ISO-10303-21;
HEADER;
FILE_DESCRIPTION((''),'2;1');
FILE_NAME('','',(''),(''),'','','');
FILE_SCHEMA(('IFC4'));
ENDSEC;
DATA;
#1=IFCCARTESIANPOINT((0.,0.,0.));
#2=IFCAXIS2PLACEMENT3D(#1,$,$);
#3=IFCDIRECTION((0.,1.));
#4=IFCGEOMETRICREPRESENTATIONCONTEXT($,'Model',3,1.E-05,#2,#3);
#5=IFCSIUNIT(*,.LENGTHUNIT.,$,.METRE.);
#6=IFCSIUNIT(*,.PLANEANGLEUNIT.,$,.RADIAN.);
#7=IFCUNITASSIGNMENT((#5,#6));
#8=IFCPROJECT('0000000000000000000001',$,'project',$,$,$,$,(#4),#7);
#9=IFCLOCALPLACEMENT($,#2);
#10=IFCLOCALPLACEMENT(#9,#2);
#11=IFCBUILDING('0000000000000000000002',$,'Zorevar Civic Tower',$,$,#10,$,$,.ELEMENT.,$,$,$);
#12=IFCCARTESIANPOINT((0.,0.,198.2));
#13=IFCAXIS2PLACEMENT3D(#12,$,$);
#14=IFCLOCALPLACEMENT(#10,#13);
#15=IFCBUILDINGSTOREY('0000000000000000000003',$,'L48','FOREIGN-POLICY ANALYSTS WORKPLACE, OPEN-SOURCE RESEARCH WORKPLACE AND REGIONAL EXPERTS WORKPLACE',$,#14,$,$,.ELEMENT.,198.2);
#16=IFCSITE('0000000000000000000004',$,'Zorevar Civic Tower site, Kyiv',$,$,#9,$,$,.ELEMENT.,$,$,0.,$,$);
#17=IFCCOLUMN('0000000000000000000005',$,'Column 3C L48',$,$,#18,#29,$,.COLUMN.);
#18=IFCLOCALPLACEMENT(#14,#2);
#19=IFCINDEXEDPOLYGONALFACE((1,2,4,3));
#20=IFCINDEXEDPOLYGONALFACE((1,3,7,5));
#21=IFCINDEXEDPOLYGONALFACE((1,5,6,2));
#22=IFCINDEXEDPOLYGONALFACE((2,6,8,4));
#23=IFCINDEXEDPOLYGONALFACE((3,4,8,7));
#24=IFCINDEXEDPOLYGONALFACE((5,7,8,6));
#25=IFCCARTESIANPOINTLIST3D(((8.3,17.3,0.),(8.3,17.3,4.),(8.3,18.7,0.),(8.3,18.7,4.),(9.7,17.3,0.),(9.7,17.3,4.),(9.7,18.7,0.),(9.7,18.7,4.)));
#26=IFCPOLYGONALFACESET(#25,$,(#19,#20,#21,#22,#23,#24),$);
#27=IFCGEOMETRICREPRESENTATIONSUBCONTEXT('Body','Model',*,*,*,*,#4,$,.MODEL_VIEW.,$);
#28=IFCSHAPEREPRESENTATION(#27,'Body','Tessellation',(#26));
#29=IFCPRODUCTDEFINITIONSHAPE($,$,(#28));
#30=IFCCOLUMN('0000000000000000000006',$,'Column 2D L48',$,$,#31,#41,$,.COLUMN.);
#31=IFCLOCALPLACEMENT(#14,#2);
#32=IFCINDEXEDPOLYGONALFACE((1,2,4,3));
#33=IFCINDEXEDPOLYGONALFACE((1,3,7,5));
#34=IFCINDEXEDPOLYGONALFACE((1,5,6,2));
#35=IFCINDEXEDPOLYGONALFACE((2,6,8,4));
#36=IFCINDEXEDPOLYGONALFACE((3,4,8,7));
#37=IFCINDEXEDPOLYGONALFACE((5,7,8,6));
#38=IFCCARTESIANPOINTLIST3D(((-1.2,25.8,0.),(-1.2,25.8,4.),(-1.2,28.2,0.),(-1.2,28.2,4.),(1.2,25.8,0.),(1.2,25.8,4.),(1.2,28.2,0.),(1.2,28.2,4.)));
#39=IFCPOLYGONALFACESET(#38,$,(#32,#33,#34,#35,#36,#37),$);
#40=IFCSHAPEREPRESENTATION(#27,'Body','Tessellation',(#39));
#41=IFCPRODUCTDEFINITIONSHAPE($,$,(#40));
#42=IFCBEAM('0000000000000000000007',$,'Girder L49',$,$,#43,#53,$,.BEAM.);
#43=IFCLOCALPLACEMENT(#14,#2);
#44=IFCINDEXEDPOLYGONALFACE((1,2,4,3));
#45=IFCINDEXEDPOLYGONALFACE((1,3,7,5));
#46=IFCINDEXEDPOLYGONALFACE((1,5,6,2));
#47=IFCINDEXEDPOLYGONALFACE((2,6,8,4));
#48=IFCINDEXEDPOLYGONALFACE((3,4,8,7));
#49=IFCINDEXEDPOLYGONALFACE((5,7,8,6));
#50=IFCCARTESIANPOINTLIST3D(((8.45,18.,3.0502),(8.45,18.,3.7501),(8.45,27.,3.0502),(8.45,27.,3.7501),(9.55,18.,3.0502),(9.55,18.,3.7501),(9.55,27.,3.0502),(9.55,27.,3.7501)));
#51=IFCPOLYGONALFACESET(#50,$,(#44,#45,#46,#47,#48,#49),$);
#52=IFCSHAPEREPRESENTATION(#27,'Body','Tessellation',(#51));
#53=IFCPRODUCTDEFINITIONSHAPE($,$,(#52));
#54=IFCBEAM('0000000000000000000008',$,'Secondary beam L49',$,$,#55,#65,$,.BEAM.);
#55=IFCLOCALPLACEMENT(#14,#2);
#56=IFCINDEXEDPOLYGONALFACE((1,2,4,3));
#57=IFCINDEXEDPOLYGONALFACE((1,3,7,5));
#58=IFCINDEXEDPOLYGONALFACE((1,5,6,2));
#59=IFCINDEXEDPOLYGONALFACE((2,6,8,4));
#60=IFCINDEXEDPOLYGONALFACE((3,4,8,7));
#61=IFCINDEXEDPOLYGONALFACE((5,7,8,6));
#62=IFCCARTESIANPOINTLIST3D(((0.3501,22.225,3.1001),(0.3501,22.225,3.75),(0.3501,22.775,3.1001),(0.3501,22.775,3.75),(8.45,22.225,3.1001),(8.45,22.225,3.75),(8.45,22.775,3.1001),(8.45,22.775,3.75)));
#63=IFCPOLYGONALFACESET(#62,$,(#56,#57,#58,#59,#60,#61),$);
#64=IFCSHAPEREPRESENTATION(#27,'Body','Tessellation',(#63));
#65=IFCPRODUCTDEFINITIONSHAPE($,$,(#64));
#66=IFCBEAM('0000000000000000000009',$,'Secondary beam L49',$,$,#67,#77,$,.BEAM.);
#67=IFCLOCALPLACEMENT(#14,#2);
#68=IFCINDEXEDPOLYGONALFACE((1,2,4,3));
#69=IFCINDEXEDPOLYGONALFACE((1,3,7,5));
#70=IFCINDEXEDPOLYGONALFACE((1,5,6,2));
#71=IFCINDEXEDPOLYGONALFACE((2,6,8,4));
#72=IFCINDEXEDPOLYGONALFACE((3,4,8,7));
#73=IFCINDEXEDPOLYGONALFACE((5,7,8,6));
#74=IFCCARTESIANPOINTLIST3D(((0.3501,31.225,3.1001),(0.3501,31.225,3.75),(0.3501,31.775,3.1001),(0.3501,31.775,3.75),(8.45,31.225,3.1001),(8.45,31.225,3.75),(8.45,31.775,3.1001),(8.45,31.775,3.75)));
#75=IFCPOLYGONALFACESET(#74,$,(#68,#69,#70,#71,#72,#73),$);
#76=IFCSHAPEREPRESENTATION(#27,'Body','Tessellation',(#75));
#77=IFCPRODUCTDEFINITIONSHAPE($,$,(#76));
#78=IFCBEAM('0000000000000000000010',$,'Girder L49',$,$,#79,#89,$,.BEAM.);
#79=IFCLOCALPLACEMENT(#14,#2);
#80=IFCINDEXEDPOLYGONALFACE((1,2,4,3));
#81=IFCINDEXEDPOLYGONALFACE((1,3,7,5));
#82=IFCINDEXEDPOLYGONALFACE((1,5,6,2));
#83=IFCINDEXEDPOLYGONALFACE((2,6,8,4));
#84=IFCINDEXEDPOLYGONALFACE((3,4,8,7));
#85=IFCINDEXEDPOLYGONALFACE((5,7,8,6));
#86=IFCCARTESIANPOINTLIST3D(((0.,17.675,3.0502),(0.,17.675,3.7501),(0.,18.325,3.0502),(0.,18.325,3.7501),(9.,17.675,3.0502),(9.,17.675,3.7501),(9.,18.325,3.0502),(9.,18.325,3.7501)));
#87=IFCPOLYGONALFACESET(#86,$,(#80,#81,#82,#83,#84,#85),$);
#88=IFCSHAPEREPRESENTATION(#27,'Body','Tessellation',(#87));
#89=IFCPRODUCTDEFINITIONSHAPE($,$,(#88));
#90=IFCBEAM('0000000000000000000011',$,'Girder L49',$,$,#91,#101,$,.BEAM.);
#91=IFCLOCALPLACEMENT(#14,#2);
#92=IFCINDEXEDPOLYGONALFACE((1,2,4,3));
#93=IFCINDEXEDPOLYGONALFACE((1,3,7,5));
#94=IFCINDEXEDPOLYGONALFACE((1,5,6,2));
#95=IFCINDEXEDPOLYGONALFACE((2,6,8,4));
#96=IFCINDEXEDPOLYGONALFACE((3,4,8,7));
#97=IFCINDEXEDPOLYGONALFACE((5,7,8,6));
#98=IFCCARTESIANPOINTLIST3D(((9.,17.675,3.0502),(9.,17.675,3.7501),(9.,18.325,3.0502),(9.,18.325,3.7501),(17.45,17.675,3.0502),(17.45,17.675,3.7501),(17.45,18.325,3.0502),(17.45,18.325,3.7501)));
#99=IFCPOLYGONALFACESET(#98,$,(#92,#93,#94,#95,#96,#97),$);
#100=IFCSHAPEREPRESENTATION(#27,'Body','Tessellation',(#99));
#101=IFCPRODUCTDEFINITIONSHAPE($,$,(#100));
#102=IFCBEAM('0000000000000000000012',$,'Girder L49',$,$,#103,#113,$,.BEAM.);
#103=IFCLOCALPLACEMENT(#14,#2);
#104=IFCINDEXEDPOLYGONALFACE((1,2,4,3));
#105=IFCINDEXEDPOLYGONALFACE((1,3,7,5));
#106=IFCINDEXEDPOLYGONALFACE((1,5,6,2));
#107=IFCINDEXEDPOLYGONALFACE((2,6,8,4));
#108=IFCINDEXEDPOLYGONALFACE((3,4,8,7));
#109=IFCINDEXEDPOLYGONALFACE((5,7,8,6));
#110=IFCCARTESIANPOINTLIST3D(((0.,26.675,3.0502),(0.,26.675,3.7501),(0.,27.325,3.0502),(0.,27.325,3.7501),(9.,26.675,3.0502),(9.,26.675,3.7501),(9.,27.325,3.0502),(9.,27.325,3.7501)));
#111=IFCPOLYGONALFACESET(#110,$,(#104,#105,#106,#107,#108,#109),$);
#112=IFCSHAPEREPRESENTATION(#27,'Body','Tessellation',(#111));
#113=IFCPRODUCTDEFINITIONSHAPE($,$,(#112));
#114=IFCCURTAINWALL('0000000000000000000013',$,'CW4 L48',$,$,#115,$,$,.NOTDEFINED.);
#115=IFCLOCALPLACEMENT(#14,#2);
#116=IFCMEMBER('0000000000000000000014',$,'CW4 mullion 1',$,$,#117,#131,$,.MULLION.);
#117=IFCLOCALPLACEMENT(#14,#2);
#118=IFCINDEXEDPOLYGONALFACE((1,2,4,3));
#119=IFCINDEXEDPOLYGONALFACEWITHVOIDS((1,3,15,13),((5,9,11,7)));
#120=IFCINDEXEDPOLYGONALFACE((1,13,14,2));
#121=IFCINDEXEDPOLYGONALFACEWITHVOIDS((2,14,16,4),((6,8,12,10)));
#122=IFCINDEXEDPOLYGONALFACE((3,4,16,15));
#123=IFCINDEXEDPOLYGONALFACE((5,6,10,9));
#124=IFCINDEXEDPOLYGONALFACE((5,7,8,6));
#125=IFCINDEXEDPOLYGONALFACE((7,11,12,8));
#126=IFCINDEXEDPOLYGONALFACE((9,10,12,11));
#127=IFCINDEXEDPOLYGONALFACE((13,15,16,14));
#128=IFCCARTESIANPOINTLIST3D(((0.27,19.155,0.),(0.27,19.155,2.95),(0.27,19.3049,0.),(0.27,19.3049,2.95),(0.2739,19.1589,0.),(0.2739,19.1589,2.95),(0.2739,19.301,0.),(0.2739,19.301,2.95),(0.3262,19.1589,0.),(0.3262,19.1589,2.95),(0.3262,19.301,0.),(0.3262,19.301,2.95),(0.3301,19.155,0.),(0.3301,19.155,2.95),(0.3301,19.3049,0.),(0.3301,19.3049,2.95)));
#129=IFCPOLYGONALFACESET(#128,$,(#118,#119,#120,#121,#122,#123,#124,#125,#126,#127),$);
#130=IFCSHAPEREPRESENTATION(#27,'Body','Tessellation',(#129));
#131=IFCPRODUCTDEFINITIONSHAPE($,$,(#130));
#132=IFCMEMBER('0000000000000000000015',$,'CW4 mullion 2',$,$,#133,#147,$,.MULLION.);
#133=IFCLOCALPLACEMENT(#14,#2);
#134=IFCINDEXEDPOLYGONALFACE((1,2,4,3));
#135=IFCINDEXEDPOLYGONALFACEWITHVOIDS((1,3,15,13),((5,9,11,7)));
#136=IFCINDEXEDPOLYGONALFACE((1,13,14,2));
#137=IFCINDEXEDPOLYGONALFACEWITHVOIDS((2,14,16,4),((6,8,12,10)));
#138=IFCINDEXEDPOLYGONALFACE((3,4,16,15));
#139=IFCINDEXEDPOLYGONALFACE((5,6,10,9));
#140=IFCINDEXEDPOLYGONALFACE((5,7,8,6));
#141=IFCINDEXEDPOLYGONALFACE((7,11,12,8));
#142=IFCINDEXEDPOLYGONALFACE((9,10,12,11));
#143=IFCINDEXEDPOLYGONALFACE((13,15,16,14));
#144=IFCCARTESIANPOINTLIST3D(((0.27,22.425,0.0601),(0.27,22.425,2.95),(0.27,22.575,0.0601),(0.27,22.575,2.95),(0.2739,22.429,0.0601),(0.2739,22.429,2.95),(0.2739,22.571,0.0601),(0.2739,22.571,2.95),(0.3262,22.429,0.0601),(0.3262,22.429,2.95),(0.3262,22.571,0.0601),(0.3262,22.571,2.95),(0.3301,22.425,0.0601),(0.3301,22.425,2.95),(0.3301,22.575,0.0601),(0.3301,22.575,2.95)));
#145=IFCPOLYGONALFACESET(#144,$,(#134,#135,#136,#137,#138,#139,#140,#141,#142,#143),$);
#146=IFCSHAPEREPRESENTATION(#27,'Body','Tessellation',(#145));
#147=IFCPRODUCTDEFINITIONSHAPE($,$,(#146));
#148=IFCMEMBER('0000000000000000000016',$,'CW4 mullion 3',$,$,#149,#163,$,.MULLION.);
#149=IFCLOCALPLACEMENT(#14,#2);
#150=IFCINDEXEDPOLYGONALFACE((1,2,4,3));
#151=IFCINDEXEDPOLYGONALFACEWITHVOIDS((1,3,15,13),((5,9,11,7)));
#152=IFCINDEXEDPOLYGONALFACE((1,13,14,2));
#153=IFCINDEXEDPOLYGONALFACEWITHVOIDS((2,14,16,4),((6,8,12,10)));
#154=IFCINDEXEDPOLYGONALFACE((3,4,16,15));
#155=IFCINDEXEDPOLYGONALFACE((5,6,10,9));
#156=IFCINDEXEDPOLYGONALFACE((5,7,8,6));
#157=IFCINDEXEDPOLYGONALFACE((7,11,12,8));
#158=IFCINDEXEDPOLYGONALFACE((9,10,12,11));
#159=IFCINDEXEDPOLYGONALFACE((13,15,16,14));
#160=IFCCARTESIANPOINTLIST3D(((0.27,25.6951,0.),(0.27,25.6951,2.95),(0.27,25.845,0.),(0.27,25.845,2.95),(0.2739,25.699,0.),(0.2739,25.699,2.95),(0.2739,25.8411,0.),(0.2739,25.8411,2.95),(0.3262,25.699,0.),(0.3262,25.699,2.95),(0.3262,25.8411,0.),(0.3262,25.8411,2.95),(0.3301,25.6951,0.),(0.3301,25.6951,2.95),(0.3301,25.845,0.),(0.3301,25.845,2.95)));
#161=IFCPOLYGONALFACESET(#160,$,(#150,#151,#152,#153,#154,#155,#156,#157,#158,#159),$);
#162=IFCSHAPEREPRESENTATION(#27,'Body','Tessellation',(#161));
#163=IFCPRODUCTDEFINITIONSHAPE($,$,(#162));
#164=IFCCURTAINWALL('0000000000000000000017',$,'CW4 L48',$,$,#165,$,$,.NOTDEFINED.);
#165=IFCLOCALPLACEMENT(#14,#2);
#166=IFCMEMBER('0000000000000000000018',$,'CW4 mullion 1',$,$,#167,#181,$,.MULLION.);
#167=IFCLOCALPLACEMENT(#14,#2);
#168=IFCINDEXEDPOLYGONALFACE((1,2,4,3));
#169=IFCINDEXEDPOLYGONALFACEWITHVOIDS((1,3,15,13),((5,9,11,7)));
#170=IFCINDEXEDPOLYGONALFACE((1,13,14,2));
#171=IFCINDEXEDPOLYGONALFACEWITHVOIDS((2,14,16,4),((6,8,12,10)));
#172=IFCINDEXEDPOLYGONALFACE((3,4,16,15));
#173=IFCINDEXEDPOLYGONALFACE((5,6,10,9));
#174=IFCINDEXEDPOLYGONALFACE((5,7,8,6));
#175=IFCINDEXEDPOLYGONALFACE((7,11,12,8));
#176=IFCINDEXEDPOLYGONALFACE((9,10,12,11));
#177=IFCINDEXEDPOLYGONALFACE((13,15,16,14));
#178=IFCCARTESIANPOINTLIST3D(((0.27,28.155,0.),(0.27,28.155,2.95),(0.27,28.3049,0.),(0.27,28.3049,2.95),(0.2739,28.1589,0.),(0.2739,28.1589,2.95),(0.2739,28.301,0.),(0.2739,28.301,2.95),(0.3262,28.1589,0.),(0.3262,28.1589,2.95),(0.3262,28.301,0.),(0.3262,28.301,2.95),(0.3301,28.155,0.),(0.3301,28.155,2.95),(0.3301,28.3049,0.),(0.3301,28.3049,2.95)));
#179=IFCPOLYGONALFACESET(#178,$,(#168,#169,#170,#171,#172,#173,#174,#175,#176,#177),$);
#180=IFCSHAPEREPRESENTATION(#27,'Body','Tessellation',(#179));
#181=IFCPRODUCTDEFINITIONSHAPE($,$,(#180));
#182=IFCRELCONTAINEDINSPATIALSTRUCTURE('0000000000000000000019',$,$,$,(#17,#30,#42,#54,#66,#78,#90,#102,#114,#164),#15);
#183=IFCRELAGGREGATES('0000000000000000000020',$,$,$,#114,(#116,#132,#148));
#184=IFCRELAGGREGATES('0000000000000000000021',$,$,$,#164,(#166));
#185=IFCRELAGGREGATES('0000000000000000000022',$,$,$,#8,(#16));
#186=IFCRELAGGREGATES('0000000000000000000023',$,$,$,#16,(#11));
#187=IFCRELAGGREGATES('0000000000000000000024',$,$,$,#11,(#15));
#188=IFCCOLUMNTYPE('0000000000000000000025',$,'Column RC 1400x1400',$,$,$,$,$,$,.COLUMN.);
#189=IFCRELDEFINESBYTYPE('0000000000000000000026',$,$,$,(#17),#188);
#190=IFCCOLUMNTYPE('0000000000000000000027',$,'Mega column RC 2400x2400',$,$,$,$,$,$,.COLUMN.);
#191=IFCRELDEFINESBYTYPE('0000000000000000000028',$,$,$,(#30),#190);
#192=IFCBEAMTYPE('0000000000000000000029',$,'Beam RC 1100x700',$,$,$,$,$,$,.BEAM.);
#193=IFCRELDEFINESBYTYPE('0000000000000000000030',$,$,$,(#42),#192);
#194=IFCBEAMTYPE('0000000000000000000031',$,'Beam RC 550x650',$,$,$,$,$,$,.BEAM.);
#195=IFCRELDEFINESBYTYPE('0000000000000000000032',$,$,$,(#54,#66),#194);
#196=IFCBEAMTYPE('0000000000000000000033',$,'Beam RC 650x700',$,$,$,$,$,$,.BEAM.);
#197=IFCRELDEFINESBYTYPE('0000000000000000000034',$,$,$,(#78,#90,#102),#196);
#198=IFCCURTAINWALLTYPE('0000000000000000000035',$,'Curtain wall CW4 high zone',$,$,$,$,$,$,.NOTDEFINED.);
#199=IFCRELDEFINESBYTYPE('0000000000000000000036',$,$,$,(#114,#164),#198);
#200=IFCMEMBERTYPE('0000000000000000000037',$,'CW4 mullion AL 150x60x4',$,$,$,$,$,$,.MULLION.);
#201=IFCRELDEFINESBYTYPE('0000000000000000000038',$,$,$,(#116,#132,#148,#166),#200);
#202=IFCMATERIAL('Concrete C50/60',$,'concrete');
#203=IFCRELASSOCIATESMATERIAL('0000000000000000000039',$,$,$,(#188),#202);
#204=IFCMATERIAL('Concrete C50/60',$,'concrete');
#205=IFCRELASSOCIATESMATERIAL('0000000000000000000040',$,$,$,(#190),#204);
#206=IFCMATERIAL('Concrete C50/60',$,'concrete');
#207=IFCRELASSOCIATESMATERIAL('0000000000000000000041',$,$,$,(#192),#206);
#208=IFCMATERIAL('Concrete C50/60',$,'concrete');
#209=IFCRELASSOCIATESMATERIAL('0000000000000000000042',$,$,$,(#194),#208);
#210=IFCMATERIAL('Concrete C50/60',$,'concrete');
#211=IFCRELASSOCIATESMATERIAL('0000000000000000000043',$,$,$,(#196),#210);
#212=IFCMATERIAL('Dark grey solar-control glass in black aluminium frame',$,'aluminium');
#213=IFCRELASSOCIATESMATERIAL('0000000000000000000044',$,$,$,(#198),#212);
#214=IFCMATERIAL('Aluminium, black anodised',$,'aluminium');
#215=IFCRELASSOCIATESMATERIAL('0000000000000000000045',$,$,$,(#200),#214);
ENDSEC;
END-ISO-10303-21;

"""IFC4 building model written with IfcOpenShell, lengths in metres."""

from ifc_helpers import new_model, si_unit, direction, frame, origin, origin_2d, place, context, subcontext, project, spatial, rectangle, hollow_rectangle, extrude, material, material_profile, profile_set, type_object, element, aggregate, save


model = new_model("IFC4")

# Units and contexts
model_context = context("Model", 3, precision=1e-05, world=origin(), true_north=direction((0.0, 1.0)))
body_context = subcontext(model_context, "Body", "Model", "MODEL_VIEW")
ifc_project = project(units=[si_unit("LENGTHUNIT", "METRE"), si_unit("PLANEANGLEUNIT", "RADIAN")], contexts=[model_context])

# Site, building, storey
site_placement = place(None, origin())
site = spatial("IfcSite", under=ifc_project, at=site_placement, Name="Zorevar Civic Tower site, Kyiv", CompositionType="ELEMENT", RefElevation=0.0)
building_placement = place(site_placement, origin())
building = spatial("IfcBuilding", under=site, at=building_placement, Name="Zorevar Civic Tower", CompositionType="ELEMENT")
storey_placement = place(building_placement, frame((0.0, 0.0, 198.2)))
storey = spatial("IfcBuildingStorey", under=building, at=storey_placement, Name="L48", Description="FOREIGN-POLICY ANALYSTS WORKPLACE, OPEN-SOURCE RESEARCH WORKPLACE AND REGIONAL EXPERTS WORKPLACE", CompositionType="ELEMENT", Elevation=198.2)

# Columns
ifc_material_1 = material(Name="Concrete C50/60", Category="concrete")
ifc_material_profile_1 = material_profile(ifc_material_1, rectangle(XDim=1.3999, YDim=1.3999, at=origin_2d()), Name="RC 1400x1400")
ifc_profile_set_1 = profile_set([ifc_material_profile_1], Name="Concrete C50/60")
column_type_1 = type_object("IfcColumnType", Name="Column RC 1400x1400", PredefinedType="COLUMN", material=ifc_profile_set_1)
column_1_placement = place(storey_placement, frame((9.0, 18.0, 0.0), z_axis=(0.0, 0.0, 1.0), x_axis=(1.0, 0.0, 0.0)))
element("IfcColumn", 1, at=column_1_placement, inside=storey, type_object=column_type_1, Name="Column 3C L48", PredefinedType="COLUMN", context=body_context, shape_type="SweptSolid", body=[
    extrude(rectangle(XDim=1.3999, YDim=1.3999, at=origin_2d()), origin(), (0.0, 0.0, 1.0), 4.0),
])
ifc_material_2 = material(Name="Concrete C50/60", Category="concrete")
ifc_material_profile_2 = material_profile(ifc_material_2, rectangle(XDim=2.3999, YDim=2.3999, at=origin_2d()), Name="RC 2400x2400")
ifc_profile_set_2 = profile_set([ifc_material_profile_2], Name="Concrete C50/60")
column_type_2 = type_object("IfcColumnType", Name="Mega column RC 2400x2400", PredefinedType="COLUMN", material=ifc_profile_set_2)
column_2_placement = place(storey_placement, frame((0.0, 27.0, 0.0), z_axis=(0.0, 0.0, 1.0), x_axis=(1.0, 0.0, 0.0)))
element("IfcColumn", 2, at=column_2_placement, inside=storey, type_object=column_type_2, Name="Column 2D L48", PredefinedType="COLUMN", context=body_context, shape_type="SweptSolid", body=[
    extrude(rectangle(XDim=2.3999, YDim=2.3999, at=origin_2d()), origin(), (0.0, 0.0, 1.0), 4.0),
])

# Beams
ifc_material_3 = material(Name="Concrete C50/60", Category="concrete")
ifc_material_profile_3 = material_profile(ifc_material_3, rectangle(XDim=1.1001, YDim=0.7, at=origin_2d()), Name="RC 1100x700")
ifc_profile_set_3 = profile_set([ifc_material_profile_3], Name="Concrete C50/60")
beam_type_1 = type_object("IfcBeamType", Name="Beam RC 1100x700", PredefinedType="BEAM", material=ifc_profile_set_3)
beam_1_placement = place(storey_placement, frame((9.0, 18.0, 3.4001), z_axis=(0.0, 1.0, 0.0), x_axis=(-1.0, 0.0, 0.0)))
element("IfcBeam", 3, at=beam_1_placement, inside=storey, type_object=beam_type_1, Name="Girder L49", PredefinedType="BEAM", context=body_context, shape_type="SweptSolid", body=[
    extrude(rectangle(XDim=1.1001, YDim=0.7, at=origin_2d()), origin(), (0.0, 0.0, 1.0), 9.0),
])
ifc_material_4 = material(Name="Concrete C50/60", Category="concrete")
ifc_material_profile_4 = material_profile(ifc_material_4, rectangle(XDim=0.55, YDim=0.6499, at=origin_2d()), Name="RC 550x650")
ifc_profile_set_4 = profile_set([ifc_material_profile_4], Name="Concrete C50/60")
beam_type_2 = type_object("IfcBeamType", Name="Beam RC 550x650", PredefinedType="BEAM", material=ifc_profile_set_4)
for number, where, z_axis, x_axis, name in (
    (4, (0.3501, 22.5, 3.425), (1.0, 0.0, 0.0), (0.0, 1.0, 0.0), "Secondary beam L49"),
    (5, (0.3501, 31.5, 3.425), (1.0, 0.0, 0.0), (0.0, 1.0, 0.0), "Secondary beam L49"),
):
    element("IfcBeam", number, at=place(storey_placement, frame(where, z_axis=z_axis, x_axis=x_axis)), inside=storey, type_object=beam_type_2, Name=name, PredefinedType="BEAM", context=body_context, shape_type="SweptSolid", body=[
        extrude(rectangle(XDim=0.55, YDim=0.6499, at=origin_2d()), origin(), (0.0, 0.0, 1.0), 8.0999),
    ])
ifc_material_5 = material(Name="Concrete C50/60", Category="concrete")
ifc_material_profile_5 = material_profile(ifc_material_5, rectangle(XDim=0.6499, YDim=0.7, at=origin_2d()), Name="RC 650x700")
ifc_profile_set_5 = profile_set([ifc_material_profile_5], Name="Concrete C50/60")
beam_type_3 = type_object("IfcBeamType", Name="Beam RC 650x700", PredefinedType="BEAM", material=ifc_profile_set_5)
beam_2_placement = place(storey_placement, frame((0.0, 18.0, 3.4001), z_axis=(1.0, 0.0, 0.0), x_axis=(0.0, 1.0, 0.0)))
element("IfcBeam", 6, at=beam_2_placement, inside=storey, type_object=beam_type_3, Name="Girder L49", PredefinedType="BEAM", context=body_context, shape_type="SweptSolid", body=[
    extrude(rectangle(XDim=0.6499, YDim=0.7, at=origin_2d()), origin(), (0.0, 0.0, 1.0), 9.0),
])
beam_3_placement = place(storey_placement, frame((9.0, 18.0, 3.4001), z_axis=(1.0, 0.0, 0.0), x_axis=(0.0, 1.0, 0.0)))
element("IfcBeam", 7, at=beam_3_placement, inside=storey, type_object=beam_type_3, Name="Girder L49", PredefinedType="BEAM", context=body_context, shape_type="SweptSolid", body=[
    extrude(rectangle(XDim=0.6499, YDim=0.7, at=origin_2d()), origin(), (0.0, 0.0, 1.0), 8.45),
])
beam_4_placement = place(storey_placement, frame((0.0, 27.0, 3.4001), z_axis=(1.0, 0.0, 0.0), x_axis=(0.0, 1.0, 0.0)))
element("IfcBeam", 8, at=beam_4_placement, inside=storey, type_object=beam_type_3, Name="Girder L49", PredefinedType="BEAM", context=body_context, shape_type="SweptSolid", body=[
    extrude(rectangle(XDim=0.6499, YDim=0.7, at=origin_2d()), origin(), (0.0, 0.0, 1.0), 9.0),
])

# Curtain walls, members
ifc_material_6 = material(Name="Dark grey solar-control glass in black aluminium frame", Category="aluminium")
curtain_wall_type = type_object("IfcCurtainWallType", Name="Curtain wall CW4 high zone", PredefinedType="NOTDEFINED", material=ifc_material_6)
curtain_wall_1_placement = place(storey_placement, origin())
curtain_wall_1 = element("IfcCurtainWall", 9, at=curtain_wall_1_placement, inside=storey, type_object=curtain_wall_type, Name="CW4 L48", PredefinedType="NOTDEFINED")
ifc_material_7 = material(Name="Aluminium, black anodised", Category="aluminium")
ifc_material_profile_6 = material_profile(ifc_material_7, hollow_rectangle(XDim=0.0601, YDim=0.1499, WallThickness=0.0039, at=origin_2d()), Name="AL 150x60x4")
ifc_profile_set_6 = profile_set([ifc_material_profile_6], Name="Aluminium, black anodised")
member_type_1 = type_object("IfcMemberType", Name="CW4 mullion AL 150x60x4", PredefinedType="MULLION", material=ifc_profile_set_6)
member_1_placement = place(storey_placement, frame((0.3, 19.23, 0.0), z_axis=(0.0, 0.0, 1.0), x_axis=(-1.0, 0.0, 0.0)))
member_1 = element("IfcMember", 10, at=member_1_placement, type_object=member_type_1, Name="CW4 mullion 1", PredefinedType="MULLION", context=body_context, shape_type="SweptSolid", body=[
    extrude(hollow_rectangle(XDim=0.0601, YDim=0.1499, WallThickness=0.0039, at=origin_2d()), origin(), (0.0, 0.0, 1.0), 2.95),
])
member_2_placement = place(storey_placement, frame((0.3, 22.5, 0.0601), z_axis=(0.0, 0.0, 1.0), x_axis=(-1.0, 0.0, 0.0)))
member_2 = element("IfcMember", 11, at=member_2_placement, type_object=member_type_1, Name="CW4 mullion 2", PredefinedType="MULLION", context=body_context, shape_type="SweptSolid", body=[
    extrude(hollow_rectangle(XDim=0.0601, YDim=0.1499, WallThickness=0.0039, at=origin_2d()), origin(), (0.0, 0.0, 1.0), 2.8899),
])
member_3_placement = place(storey_placement, frame((0.3, 25.77, 0.0), z_axis=(0.0, 0.0, 1.0), x_axis=(-1.0, 0.0, 0.0)))
member_3 = element("IfcMember", 12, at=member_3_placement, type_object=member_type_1, Name="CW4 mullion 3", PredefinedType="MULLION", context=body_context, shape_type="SweptSolid", body=[
    extrude(hollow_rectangle(XDim=0.0601, YDim=0.1499, WallThickness=0.0039, at=origin_2d()), origin(), (0.0, 0.0, 1.0), 2.95),
])
curtain_wall_2_placement = place(storey_placement, origin())
curtain_wall_2 = element("IfcCurtainWall", 13, at=curtain_wall_2_placement, inside=storey, type_object=curtain_wall_type, Name="CW4 L48", PredefinedType="NOTDEFINED")
member_4_placement = place(storey_placement, frame((0.3, 28.23, 0.0), z_axis=(0.0, 0.0, 1.0), x_axis=(-1.0, 0.0, 0.0)))
member_4 = element("IfcMember", 14, at=member_4_placement, type_object=member_type_1, Name="CW4 mullion 1", PredefinedType="MULLION", context=body_context, shape_type="SweptSolid", body=[
    extrude(hollow_rectangle(XDim=0.0601, YDim=0.1499, WallThickness=0.0039, at=origin_2d()), origin(), (0.0, 0.0, 1.0), 2.95),
])

aggregate(curtain_wall_1, [member_1, member_2, member_3])
aggregate(curtain_wall_2, [member_4])

save(model, "model.ifc")
